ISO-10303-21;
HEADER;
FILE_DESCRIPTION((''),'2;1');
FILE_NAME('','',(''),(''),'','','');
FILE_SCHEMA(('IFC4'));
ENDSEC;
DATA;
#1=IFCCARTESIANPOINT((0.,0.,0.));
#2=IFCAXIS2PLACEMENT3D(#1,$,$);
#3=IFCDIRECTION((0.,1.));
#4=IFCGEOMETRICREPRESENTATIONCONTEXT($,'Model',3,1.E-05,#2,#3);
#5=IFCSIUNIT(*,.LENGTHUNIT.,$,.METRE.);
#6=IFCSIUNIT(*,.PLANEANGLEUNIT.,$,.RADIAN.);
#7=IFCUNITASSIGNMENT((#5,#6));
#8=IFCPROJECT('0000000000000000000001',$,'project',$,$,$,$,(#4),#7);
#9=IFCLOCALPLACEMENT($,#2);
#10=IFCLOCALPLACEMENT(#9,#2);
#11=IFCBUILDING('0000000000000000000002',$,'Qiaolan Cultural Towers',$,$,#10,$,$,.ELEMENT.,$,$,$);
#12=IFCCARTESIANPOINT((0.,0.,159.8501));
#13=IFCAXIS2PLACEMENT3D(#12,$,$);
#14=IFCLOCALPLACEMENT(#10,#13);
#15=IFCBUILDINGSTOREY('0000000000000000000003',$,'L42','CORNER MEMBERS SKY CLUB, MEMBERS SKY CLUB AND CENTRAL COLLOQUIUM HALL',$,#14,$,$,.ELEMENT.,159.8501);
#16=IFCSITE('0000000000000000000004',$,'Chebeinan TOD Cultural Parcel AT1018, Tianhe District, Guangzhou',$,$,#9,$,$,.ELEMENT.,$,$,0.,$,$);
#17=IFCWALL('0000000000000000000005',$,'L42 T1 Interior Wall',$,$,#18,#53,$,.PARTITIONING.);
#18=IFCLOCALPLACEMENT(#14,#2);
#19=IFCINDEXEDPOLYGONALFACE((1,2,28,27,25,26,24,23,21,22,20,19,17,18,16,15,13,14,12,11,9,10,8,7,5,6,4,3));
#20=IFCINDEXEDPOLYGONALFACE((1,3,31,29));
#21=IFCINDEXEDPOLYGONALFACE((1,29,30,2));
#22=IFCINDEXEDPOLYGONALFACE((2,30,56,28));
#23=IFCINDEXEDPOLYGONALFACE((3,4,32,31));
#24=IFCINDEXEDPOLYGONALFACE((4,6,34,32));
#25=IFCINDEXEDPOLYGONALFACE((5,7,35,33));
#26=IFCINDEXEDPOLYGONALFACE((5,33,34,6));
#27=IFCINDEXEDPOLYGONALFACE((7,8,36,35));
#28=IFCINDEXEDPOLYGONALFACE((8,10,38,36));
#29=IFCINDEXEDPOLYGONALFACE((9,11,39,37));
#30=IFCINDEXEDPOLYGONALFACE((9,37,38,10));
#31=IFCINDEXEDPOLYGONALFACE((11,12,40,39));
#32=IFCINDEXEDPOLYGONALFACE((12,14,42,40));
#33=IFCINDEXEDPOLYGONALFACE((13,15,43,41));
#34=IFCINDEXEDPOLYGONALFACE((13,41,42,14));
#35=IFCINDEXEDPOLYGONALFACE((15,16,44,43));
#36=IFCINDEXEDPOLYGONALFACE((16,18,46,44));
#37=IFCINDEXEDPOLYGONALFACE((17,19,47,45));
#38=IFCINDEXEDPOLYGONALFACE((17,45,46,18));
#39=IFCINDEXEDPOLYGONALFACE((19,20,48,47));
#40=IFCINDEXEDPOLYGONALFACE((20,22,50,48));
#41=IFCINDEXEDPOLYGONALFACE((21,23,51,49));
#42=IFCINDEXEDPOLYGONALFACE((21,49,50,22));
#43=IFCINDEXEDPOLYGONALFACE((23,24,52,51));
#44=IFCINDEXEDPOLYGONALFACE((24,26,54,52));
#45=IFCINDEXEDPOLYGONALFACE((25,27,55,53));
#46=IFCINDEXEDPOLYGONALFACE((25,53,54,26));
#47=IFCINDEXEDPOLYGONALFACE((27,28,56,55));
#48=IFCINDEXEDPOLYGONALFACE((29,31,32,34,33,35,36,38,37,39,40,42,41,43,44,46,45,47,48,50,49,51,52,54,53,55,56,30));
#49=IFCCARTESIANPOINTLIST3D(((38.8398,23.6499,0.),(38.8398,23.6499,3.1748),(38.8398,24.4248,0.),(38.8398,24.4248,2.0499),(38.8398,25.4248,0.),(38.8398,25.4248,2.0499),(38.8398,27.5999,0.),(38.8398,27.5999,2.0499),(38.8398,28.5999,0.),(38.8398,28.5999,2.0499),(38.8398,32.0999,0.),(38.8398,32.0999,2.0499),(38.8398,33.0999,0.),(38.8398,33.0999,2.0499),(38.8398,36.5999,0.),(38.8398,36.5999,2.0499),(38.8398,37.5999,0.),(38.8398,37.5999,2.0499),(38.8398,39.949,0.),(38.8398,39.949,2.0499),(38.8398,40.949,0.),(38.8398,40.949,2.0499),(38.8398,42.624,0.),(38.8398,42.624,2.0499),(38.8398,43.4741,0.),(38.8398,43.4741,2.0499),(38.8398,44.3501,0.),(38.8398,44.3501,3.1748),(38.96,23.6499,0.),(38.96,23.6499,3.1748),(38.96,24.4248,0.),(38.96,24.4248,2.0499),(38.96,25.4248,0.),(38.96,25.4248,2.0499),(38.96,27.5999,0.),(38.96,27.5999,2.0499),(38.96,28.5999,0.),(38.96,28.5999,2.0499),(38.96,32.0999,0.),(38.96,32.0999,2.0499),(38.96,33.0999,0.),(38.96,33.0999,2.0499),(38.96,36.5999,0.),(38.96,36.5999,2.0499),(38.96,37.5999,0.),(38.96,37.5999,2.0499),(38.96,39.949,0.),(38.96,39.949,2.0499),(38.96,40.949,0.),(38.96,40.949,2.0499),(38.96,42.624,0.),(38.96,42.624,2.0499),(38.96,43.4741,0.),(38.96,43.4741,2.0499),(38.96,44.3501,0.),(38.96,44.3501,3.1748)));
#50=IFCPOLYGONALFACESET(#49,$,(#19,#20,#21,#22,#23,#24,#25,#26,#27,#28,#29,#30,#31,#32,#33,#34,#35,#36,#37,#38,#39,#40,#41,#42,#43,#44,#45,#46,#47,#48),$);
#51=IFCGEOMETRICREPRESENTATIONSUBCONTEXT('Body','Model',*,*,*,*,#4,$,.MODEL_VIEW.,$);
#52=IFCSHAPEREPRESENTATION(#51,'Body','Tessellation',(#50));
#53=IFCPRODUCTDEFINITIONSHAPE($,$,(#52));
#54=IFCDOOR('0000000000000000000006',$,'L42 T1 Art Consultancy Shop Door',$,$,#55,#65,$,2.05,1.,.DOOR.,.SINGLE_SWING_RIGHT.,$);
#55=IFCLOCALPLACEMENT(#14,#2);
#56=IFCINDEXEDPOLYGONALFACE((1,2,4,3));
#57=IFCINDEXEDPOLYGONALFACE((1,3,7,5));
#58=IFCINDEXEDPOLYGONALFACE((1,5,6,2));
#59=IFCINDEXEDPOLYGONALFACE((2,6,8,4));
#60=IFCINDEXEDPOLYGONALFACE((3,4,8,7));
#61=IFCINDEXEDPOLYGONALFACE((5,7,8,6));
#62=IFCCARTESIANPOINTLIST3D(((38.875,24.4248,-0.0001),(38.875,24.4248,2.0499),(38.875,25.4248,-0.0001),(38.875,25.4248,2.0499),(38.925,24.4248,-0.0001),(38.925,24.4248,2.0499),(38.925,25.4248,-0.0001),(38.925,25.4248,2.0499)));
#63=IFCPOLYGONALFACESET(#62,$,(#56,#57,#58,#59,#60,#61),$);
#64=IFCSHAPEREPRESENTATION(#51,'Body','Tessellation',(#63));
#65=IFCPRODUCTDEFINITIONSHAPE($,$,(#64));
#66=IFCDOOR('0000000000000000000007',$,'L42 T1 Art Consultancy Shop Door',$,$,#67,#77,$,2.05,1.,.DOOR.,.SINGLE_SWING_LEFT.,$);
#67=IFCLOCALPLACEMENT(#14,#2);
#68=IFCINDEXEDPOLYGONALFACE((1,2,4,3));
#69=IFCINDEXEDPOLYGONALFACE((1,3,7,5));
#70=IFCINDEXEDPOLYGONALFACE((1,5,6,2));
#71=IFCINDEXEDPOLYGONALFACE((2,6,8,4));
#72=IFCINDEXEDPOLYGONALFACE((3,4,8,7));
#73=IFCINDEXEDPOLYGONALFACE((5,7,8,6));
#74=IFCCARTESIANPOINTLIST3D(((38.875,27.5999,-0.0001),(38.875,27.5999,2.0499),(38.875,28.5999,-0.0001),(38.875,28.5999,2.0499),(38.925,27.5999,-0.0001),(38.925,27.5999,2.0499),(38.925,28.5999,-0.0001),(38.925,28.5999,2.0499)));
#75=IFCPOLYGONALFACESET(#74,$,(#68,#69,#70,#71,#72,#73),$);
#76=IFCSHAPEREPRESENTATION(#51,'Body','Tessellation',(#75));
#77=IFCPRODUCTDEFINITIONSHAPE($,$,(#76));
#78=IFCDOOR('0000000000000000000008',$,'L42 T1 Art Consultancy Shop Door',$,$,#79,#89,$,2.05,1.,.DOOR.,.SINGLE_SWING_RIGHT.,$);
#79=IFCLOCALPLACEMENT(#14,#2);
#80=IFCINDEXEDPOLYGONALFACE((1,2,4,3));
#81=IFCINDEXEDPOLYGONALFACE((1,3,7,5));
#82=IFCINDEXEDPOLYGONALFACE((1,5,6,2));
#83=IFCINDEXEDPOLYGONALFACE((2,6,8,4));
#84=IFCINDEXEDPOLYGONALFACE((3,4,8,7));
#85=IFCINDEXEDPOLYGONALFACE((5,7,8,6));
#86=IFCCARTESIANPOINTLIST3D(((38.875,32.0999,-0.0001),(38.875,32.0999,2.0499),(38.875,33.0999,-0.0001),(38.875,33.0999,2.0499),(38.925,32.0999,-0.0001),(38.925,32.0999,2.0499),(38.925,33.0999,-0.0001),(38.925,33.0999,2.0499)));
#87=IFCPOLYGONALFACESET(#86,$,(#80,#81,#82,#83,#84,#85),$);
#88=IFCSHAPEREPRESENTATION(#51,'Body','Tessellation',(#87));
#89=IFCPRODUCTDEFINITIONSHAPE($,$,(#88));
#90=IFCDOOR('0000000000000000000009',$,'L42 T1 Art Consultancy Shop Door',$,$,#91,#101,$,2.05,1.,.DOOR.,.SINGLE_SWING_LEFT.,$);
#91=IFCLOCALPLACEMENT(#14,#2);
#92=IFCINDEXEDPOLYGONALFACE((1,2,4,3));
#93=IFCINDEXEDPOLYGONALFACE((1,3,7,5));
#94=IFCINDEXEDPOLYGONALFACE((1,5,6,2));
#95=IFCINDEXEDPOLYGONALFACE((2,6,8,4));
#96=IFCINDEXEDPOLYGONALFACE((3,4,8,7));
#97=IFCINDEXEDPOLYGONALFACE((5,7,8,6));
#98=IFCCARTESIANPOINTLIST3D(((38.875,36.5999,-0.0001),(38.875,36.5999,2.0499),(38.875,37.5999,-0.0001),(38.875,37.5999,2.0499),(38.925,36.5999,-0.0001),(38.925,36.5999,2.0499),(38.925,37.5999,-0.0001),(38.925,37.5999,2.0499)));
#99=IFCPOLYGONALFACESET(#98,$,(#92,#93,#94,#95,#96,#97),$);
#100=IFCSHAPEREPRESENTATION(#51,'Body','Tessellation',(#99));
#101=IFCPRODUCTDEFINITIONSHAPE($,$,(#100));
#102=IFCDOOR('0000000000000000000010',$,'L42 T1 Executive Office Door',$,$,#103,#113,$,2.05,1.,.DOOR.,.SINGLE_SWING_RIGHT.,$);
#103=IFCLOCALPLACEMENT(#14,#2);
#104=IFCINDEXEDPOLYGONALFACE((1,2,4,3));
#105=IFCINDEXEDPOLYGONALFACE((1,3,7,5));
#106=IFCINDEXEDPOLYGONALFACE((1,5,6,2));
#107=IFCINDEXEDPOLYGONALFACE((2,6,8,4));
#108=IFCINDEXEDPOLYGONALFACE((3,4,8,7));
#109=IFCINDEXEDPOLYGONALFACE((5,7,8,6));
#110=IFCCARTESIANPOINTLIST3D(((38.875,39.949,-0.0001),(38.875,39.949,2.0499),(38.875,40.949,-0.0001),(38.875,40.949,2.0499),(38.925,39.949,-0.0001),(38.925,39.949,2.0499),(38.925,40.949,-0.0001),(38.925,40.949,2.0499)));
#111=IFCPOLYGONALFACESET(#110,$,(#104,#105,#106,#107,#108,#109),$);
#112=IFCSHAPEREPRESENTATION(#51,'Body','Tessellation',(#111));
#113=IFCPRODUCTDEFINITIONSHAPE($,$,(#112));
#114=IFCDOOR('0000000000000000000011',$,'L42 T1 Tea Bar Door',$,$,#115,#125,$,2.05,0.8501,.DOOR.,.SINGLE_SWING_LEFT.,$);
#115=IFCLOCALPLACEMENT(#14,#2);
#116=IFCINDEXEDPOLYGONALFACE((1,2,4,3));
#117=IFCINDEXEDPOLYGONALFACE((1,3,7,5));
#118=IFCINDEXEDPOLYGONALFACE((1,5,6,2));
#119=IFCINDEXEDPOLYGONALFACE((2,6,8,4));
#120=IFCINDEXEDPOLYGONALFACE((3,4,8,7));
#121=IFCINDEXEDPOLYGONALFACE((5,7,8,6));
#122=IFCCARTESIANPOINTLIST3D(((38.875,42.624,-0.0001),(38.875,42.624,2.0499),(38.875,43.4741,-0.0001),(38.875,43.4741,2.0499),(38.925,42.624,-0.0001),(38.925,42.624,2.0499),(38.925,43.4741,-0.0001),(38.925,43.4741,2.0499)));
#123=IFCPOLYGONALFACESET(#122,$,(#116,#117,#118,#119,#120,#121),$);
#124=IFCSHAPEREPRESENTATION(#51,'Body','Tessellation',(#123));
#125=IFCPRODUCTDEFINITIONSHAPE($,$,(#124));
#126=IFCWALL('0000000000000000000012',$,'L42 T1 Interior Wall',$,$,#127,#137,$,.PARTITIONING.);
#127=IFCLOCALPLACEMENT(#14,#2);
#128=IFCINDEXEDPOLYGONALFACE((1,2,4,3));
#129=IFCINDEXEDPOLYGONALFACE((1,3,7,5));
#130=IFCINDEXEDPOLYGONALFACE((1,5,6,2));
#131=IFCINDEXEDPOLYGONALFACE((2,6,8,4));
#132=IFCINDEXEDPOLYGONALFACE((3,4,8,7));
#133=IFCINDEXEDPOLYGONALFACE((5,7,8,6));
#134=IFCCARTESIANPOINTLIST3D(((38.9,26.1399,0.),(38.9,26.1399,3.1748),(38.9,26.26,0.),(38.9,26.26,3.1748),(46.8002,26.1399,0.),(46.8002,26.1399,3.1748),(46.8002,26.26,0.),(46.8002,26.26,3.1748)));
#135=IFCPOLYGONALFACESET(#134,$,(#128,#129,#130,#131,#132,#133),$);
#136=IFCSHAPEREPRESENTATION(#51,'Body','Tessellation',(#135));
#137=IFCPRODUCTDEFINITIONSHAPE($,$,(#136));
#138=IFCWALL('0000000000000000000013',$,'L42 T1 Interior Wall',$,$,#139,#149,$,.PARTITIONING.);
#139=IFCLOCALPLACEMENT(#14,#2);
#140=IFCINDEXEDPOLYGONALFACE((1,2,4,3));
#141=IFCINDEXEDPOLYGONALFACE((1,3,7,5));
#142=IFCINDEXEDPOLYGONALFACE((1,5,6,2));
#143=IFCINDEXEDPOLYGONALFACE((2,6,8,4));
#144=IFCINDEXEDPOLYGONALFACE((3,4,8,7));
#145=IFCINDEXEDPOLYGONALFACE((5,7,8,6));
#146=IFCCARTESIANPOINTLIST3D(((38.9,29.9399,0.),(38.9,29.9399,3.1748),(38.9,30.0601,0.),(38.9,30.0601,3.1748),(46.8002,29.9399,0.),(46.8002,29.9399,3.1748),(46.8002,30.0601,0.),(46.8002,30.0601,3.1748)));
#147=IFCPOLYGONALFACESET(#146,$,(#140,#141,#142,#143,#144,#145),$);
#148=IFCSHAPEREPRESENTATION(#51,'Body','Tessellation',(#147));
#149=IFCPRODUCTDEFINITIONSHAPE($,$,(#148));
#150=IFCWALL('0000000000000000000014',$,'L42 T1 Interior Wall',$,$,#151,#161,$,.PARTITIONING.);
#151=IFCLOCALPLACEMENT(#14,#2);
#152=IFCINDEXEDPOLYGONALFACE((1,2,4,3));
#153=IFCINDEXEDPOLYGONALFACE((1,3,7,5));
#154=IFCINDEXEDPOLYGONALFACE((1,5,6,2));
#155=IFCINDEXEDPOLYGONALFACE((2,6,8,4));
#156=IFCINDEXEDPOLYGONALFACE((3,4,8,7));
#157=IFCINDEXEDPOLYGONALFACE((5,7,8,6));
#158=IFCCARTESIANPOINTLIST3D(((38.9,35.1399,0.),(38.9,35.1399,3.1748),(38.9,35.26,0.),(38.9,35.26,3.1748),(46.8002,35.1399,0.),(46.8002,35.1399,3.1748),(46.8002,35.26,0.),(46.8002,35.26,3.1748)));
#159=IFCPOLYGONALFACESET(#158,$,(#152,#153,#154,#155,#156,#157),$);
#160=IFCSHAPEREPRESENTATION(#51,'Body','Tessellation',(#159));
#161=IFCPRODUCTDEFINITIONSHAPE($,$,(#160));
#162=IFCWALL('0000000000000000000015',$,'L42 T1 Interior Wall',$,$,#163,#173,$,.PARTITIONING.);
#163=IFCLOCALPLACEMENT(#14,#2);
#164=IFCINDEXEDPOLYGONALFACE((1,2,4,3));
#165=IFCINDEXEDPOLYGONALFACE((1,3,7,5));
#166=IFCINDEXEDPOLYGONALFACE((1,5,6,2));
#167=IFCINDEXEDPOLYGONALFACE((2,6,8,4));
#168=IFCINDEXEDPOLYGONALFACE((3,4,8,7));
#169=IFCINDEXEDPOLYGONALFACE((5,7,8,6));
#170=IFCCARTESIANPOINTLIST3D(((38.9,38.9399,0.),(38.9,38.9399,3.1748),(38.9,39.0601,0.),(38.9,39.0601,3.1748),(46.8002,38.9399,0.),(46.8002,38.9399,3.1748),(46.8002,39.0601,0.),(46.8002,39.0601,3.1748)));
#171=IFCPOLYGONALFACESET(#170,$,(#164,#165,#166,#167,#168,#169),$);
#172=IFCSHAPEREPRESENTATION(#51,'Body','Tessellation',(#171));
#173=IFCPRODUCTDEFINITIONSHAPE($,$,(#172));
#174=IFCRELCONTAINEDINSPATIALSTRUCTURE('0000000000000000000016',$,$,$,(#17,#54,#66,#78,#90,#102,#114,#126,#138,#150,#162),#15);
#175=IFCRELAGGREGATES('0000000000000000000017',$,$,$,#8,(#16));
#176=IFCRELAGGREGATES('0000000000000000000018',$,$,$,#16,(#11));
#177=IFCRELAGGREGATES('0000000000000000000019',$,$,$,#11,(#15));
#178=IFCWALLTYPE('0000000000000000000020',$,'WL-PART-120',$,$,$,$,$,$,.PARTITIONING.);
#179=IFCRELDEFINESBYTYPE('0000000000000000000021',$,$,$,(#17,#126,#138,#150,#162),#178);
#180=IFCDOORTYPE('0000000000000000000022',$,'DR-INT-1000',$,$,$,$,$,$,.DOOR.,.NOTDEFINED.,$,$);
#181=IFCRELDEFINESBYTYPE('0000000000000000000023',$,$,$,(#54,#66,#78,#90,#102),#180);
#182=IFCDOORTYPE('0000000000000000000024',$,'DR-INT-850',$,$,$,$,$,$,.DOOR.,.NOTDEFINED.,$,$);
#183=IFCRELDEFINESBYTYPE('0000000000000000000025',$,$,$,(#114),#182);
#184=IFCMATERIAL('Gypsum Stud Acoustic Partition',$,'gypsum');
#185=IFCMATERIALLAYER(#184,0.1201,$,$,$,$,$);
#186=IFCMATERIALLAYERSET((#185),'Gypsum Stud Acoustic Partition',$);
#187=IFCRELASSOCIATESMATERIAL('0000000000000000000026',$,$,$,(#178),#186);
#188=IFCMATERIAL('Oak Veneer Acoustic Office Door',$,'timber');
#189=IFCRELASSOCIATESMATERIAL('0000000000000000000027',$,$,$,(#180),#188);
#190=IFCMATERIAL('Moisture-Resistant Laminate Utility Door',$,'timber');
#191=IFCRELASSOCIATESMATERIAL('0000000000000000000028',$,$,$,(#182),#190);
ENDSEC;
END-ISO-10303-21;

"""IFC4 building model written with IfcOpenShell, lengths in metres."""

from ifc_helpers import new_model, si_unit, direction, frame, frame_2d, origin, place, context, subcontext, project, spatial, rectangle, extrude, material, layer, layer_set, type_object, element, fill, save


model = new_model("IFC4")

# Units and contexts
model_context = context("Model", 3, precision=1e-05, world=origin(), true_north=direction((0.0, 1.0)))
body_context = subcontext(model_context, "Body", "Model", "MODEL_VIEW")
ifc_project = project(units=[si_unit("LENGTHUNIT", "METRE"), si_unit("PLANEANGLEUNIT", "RADIAN")], contexts=[model_context])

# Site, building, storey
site_placement = place(None, origin())
site = spatial("IfcSite", under=ifc_project, at=site_placement, Name="Chebeinan TOD Cultural Parcel AT1018, Tianhe District, Guangzhou", CompositionType="ELEMENT", RefElevation=0.0)
building_placement = place(site_placement, origin())
building = spatial("IfcBuilding", under=site, at=building_placement, Name="Qiaolan Cultural Towers", CompositionType="ELEMENT")
storey_placement = place(building_placement, frame((0.0, 0.0, 159.8501)))
storey = spatial("IfcBuildingStorey", under=building, at=storey_placement, Name="L42", Description="CORNER MEMBERS SKY CLUB, MEMBERS SKY CLUB AND CENTRAL COLLOQUIUM HALL", CompositionType="ELEMENT", Elevation=159.8501)

# Wall, openings, doors
ifc_material_1 = material(Name="Gypsum Stud Acoustic Partition", Category="gypsum")
ifc_layer_1 = layer(ifc_material_1, 0.1201)
ifc_layer_set_1 = layer_set([ifc_layer_1], Name="Gypsum Stud Acoustic Partition")
wall_type_1 = type_object("IfcWallType", Name="WL-PART-120", PredefinedType="PARTITIONING", material=ifc_layer_set_1)
wall_1_placement = place(storey_placement, frame((38.8999, 23.6499, 0.0), z_axis=(0.0, 0.0, 1.0), x_axis=(0.0, 1.0, 0.0)))
wall_1 = element("IfcWall", 1, at=wall_1_placement, inside=storey, type_object=wall_type_1, Name="L42 T1 Interior Wall", PredefinedType="PARTITIONING", context=body_context, shape_type="SweptSolid", body=[
    extrude(rectangle(XDim=20.7002, YDim=0.1201, at=frame_2d((10.3501, 0.0))), origin(), (0.0, 0.0, 1.0), 3.1748),
])
opening_1_placement = place(wall_1_placement, frame((0.7749, 0.0, 0.0)))
opening_1 = element("IfcOpeningElement", 2, at=opening_1_placement, cuts=wall_1, PredefinedType="OPENING", context=body_context, shape_type="SweptSolid", body=[
    extrude(rectangle(XDim=1.0, YDim=2.05, at=frame_2d((0.5, 1.0249))), frame((0.0, 0.0701, 0.0), z_axis=(0.0, -1.0, 0.0), x_axis=(1.0, 0.0, 0.0)), (0.0, 0.0, 1.0), 0.1401),
])
opening_2_placement = place(wall_1_placement, frame((3.95, 0.0, 0.0)))
opening_2 = element("IfcOpeningElement", 3, at=opening_2_placement, cuts=wall_1, PredefinedType="OPENING", context=body_context, shape_type="SweptSolid", body=[
    extrude(rectangle(XDim=1.0, YDim=2.05, at=frame_2d((0.5, 1.0249))), frame((0.0, 0.0701, 0.0), z_axis=(0.0, -1.0, 0.0), x_axis=(1.0, 0.0, 0.0)), (0.0, 0.0, 1.0), 0.1401),
])
opening_3_placement = place(wall_1_placement, frame((8.45, 0.0, 0.0)))
opening_3 = element("IfcOpeningElement", 4, at=opening_3_placement, cuts=wall_1, PredefinedType="OPENING", context=body_context, shape_type="SweptSolid", body=[
    extrude(rectangle(XDim=1.0, YDim=2.05, at=frame_2d((0.5, 1.0249))), frame((0.0, 0.0701, 0.0), z_axis=(0.0, -1.0, 0.0), x_axis=(1.0, 0.0, 0.0)), (0.0, 0.0, 1.0), 0.1401),
])
opening_4_placement = place(wall_1_placement, frame((12.95, 0.0, 0.0)))
opening_4 = element("IfcOpeningElement", 5, at=opening_4_placement, cuts=wall_1, PredefinedType="OPENING", context=body_context, shape_type="SweptSolid", body=[
    extrude(rectangle(XDim=1.0, YDim=2.05, at=frame_2d((0.5, 1.0249))), frame((0.0, 0.0701, 0.0), z_axis=(0.0, -1.0, 0.0), x_axis=(1.0, 0.0, 0.0)), (0.0, 0.0, 1.0), 0.1401),
])
opening_5_placement = place(wall_1_placement, frame((16.2991, 0.0, 0.0)))
opening_5 = element("IfcOpeningElement", 6, at=opening_5_placement, cuts=wall_1, PredefinedType="OPENING", context=body_context, shape_type="SweptSolid", body=[
    extrude(rectangle(XDim=1.0, YDim=2.05, at=frame_2d((0.5, 1.0249))), frame((0.0, 0.0701, 0.0), z_axis=(0.0, -1.0, 0.0), x_axis=(1.0, 0.0, 0.0)), (0.0, 0.0, 1.0), 0.1401),
])
opening_6_placement = place(wall_1_placement, frame((18.9741, 0.0, 0.0)))
opening_6 = element("IfcOpeningElement", 7, at=opening_6_placement, cuts=wall_1, PredefinedType="OPENING", context=body_context, shape_type="SweptSolid", body=[
    extrude(rectangle(XDim=0.8501, YDim=2.05, at=frame_2d((0.425, 1.0249))), frame((0.0, 0.0701, 0.0), z_axis=(0.0, -1.0, 0.0), x_axis=(1.0, 0.0, 0.0)), (0.0, 0.0, 1.0), 0.1401),
])
ifc_material_2 = material(Name="Oak Veneer Acoustic Office Door", Category="timber")
door_type_1 = type_object("IfcDoorType", Name="DR-INT-1000", OperationType="NOTDEFINED", PredefinedType="DOOR", material=ifc_material_2)
door_1_placement = place(opening_1_placement, origin())
door_1 = element("IfcDoor", 8, at=door_1_placement, inside=storey, type_object=door_type_1, Name="L42 T1 Art Consultancy Shop Door", OperationType="SINGLE_SWING_RIGHT", OverallHeight=2.05, OverallWidth=1.0, PredefinedType="DOOR", context=body_context, shape_type="SweptSolid", body=[
    extrude(rectangle(XDim=1.0, YDim=2.05, at=frame_2d((0.5, 1.0249))), frame((0.0, 0.0249, 0.0), z_axis=(0.0, -1.0, 0.0), x_axis=(1.0, 0.0, 0.0)), (0.0, 0.0, 1.0), 0.05),
])
fill(opening_1, door_1)
door_2_placement = place(opening_2_placement, origin())
door_2 = element("IfcDoor", 9, at=door_2_placement, inside=storey, type_object=door_type_1, Name="L42 T1 Art Consultancy Shop Door", OperationType="SINGLE_SWING_LEFT", OverallHeight=2.05, OverallWidth=1.0, PredefinedType="DOOR", context=body_context, shape_type="SweptSolid", body=[
    extrude(rectangle(XDim=1.0, YDim=2.05, at=frame_2d((0.5, 1.0249))), frame((0.0, 0.0249, 0.0), z_axis=(0.0, -1.0, 0.0), x_axis=(1.0, 0.0, 0.0)), (0.0, 0.0, 1.0), 0.05),
])
fill(opening_2, door_2)
door_3_placement = place(opening_3_placement, origin())
door_3 = element("IfcDoor", 10, at=door_3_placement, inside=storey, type_object=door_type_1, Name="L42 T1 Art Consultancy Shop Door", OperationType="SINGLE_SWING_RIGHT", OverallHeight=2.05, OverallWidth=1.0, PredefinedType="DOOR", context=body_context, shape_type="SweptSolid", body=[
    extrude(rectangle(XDim=1.0, YDim=2.05, at=frame_2d((0.5, 1.0249))), frame((0.0, 0.0249, 0.0), z_axis=(0.0, -1.0, 0.0), x_axis=(1.0, 0.0, 0.0)), (0.0, 0.0, 1.0), 0.05),
])
fill(opening_3, door_3)
door_4_placement = place(opening_4_placement, origin())
door_4 = element("IfcDoor", 11, at=door_4_placement, inside=storey, type_object=door_type_1, Name="L42 T1 Art Consultancy Shop Door", OperationType="SINGLE_SWING_LEFT", OverallHeight=2.05, OverallWidth=1.0, PredefinedType="DOOR", context=body_context, shape_type="SweptSolid", body=[
    extrude(rectangle(XDim=1.0, YDim=2.05, at=frame_2d((0.5, 1.0249))), frame((0.0, 0.0249, 0.0), z_axis=(0.0, -1.0, 0.0), x_axis=(1.0, 0.0, 0.0)), (0.0, 0.0, 1.0), 0.05),
])
fill(opening_4, door_4)
door_5_placement = place(opening_5_placement, origin())
door_5 = element("IfcDoor", 12, at=door_5_placement, inside=storey, type_object=door_type_1, Name="L42 T1 Executive Office Door", OperationType="SINGLE_SWING_RIGHT", OverallHeight=2.05, OverallWidth=1.0, PredefinedType="DOOR", context=body_context, shape_type="SweptSolid", body=[
    extrude(rectangle(XDim=1.0, YDim=2.05, at=frame_2d((0.5, 1.0249))), frame((0.0, 0.0249, 0.0), z_axis=(0.0, -1.0, 0.0), x_axis=(1.0, 0.0, 0.0)), (0.0, 0.0, 1.0), 0.05),
])
fill(opening_5, door_5)
ifc_material_3 = material(Name="Moisture-Resistant Laminate Utility Door", Category="timber")
door_type_2 = type_object("IfcDoorType", Name="DR-INT-850", OperationType="NOTDEFINED", PredefinedType="DOOR", material=ifc_material_3)
door_6_placement = place(opening_6_placement, origin())
door_6 = element("IfcDoor", 13, at=door_6_placement, inside=storey, type_object=door_type_2, Name="L42 T1 Tea Bar Door", OperationType="SINGLE_SWING_LEFT", OverallHeight=2.05, OverallWidth=0.8501, PredefinedType="DOOR", context=body_context, shape_type="SweptSolid", body=[
    extrude(rectangle(XDim=0.8501, YDim=2.05, at=frame_2d((0.425, 1.0249))), frame((0.0, 0.0249, 0.0), z_axis=(0.0, -1.0, 0.0), x_axis=(1.0, 0.0, 0.0)), (0.0, 0.0, 1.0), 0.05),
])
fill(opening_6, door_6)

# Walls
for number, where, z_axis, x_axis, name in (
    (14, (38.8999, 26.2, 0.0), (0.0, 0.0, 1.0), (1.0, 0.0, 0.0), "L42 T1 Interior Wall"),
    (15, (38.8999, 30.0, 0.0), (0.0, 0.0, 1.0), (1.0, 0.0, 0.0), "L42 T1 Interior Wall"),
    (16, (38.8999, 35.2, 0.0), (0.0, 0.0, 1.0), (1.0, 0.0, 0.0), "L42 T1 Interior Wall"),
    (17, (38.8999, 39.0, 0.0), (0.0, 0.0, 1.0), (1.0, 0.0, 0.0), "L42 T1 Interior Wall"),
):
    element("IfcWall", number, at=place(storey_placement, frame(where, z_axis=z_axis, x_axis=x_axis)), inside=storey, type_object=wall_type_1, Name=name, PredefinedType="PARTITIONING", context=body_context, shape_type="SweptSolid", body=[
        extrude(rectangle(XDim=7.9001, YDim=0.1201, at=frame_2d((3.9502, 0.0))), origin(), (0.0, 0.0, 1.0), 3.1748),
    ])

save(model, "model.ifc")
